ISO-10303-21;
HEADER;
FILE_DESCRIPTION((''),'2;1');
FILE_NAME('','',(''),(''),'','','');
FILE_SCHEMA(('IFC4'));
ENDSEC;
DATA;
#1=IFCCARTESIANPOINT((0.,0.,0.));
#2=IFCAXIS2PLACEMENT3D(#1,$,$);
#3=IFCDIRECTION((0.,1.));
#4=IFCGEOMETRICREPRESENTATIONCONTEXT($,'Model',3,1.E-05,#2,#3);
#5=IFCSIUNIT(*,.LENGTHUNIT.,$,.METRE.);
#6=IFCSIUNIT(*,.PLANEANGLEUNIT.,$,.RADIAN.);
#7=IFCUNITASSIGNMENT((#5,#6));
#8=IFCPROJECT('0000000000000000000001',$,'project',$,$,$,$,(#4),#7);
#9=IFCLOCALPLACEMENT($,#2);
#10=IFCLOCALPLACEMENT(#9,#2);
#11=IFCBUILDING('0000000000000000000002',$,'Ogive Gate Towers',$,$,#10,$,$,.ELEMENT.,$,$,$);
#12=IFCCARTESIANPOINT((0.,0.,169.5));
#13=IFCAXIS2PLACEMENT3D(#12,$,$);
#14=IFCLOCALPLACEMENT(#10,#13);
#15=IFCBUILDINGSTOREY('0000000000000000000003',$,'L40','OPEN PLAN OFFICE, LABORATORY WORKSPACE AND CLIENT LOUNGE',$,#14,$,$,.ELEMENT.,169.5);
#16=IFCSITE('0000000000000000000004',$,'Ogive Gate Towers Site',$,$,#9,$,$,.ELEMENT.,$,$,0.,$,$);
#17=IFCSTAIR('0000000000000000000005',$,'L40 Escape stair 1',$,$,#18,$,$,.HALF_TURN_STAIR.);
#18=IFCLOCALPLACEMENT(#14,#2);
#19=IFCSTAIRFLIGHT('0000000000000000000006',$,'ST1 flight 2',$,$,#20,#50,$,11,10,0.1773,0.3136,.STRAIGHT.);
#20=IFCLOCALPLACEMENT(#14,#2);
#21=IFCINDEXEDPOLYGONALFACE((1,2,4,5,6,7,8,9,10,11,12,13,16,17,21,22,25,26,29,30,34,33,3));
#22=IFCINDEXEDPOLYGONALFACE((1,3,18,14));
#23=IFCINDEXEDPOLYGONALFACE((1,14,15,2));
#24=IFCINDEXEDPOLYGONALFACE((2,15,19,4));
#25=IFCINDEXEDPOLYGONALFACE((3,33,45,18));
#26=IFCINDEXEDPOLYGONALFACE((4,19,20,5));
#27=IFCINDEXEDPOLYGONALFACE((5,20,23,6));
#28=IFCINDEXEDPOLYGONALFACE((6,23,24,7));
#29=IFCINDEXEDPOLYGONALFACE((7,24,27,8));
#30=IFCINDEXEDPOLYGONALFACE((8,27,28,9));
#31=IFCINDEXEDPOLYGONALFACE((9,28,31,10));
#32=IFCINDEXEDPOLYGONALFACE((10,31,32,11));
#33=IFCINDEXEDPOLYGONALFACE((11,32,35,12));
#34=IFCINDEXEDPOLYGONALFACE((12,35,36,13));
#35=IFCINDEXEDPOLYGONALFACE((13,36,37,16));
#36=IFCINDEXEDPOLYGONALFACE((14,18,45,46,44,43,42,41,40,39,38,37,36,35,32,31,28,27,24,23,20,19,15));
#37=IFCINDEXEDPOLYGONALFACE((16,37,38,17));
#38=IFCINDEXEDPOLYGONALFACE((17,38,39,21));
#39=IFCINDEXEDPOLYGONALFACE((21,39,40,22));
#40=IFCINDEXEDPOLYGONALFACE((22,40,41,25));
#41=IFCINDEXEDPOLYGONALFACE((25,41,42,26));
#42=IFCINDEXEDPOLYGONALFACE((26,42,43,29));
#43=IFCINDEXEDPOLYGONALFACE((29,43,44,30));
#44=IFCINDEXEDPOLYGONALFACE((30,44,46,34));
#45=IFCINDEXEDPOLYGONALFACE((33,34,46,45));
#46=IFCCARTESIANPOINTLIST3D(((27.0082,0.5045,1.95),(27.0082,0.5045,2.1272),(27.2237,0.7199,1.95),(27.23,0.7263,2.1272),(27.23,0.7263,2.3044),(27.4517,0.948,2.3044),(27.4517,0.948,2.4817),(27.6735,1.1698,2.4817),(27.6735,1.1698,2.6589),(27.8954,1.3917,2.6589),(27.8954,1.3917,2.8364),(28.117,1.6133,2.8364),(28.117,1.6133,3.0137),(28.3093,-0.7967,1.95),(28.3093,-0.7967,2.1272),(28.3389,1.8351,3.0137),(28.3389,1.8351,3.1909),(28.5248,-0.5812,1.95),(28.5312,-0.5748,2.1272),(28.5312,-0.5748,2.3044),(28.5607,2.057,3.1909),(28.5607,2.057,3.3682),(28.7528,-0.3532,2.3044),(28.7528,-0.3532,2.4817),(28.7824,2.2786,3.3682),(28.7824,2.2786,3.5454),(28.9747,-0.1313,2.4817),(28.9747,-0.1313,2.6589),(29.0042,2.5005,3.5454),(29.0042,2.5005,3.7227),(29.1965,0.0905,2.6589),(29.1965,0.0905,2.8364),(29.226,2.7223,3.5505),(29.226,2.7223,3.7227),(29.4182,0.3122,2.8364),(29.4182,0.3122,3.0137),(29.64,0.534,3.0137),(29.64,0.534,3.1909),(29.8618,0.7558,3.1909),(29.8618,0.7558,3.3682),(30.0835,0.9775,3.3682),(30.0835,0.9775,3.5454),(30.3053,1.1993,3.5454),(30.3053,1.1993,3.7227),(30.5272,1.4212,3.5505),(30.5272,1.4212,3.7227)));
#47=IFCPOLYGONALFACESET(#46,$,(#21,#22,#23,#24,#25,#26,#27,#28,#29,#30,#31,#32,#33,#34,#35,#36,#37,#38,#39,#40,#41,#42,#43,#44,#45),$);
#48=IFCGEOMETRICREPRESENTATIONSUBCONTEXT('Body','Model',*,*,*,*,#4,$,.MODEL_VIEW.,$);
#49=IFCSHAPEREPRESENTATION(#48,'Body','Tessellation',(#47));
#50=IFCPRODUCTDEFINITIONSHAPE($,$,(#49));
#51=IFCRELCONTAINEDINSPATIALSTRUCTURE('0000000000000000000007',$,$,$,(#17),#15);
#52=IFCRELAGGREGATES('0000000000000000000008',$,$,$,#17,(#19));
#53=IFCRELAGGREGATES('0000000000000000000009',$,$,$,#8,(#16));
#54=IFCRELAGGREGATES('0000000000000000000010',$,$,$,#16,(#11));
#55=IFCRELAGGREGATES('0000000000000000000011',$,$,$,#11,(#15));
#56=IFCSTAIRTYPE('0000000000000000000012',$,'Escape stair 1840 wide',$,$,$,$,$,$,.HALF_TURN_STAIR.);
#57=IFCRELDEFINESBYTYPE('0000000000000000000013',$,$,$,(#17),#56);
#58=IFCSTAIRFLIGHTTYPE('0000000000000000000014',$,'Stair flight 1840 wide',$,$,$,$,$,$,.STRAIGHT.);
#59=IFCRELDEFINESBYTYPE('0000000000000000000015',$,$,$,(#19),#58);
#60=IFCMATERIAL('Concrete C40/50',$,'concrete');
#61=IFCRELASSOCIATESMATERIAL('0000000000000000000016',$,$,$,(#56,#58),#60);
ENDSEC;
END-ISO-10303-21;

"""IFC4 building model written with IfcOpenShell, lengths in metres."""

from ifc_helpers import new_model, si_unit, direction, frame, origin, place, context, subcontext, project, spatial, polyline, outline, extrude, material, type_object, element, aggregate, save


model = new_model("IFC4")

# Units and contexts
model_context = context("Model", 3, precision=1e-05, world=origin(), true_north=direction((0.0, 1.0)))
body_context = subcontext(model_context, "Body", "Model", "MODEL_VIEW")
ifc_project = project(units=[si_unit("LENGTHUNIT", "METRE"), si_unit("PLANEANGLEUNIT", "RADIAN")], contexts=[model_context])

# Site, building, storey
site_placement = place(None, origin())
site = spatial("IfcSite", under=ifc_project, at=site_placement, Name="Ogive Gate Towers Site", CompositionType="ELEMENT", RefElevation=0.0)
building_placement = place(site_placement, origin())
building = spatial("IfcBuilding", under=site, at=building_placement, Name="Ogive Gate Towers", CompositionType="ELEMENT")
storey_placement = place(building_placement, frame((0.0, 0.0, 169.5)))
storey = spatial("IfcBuildingStorey", under=building, at=storey_placement, Name="L40", Description="OPEN PLAN OFFICE, LABORATORY WORKSPACE AND CLIENT LOUNGE", CompositionType="ELEMENT", Elevation=169.5)

# Stair, stair flight
ifc_material_1 = material(Name="Concrete C40/50", Category="concrete")
stair_type = type_object("IfcStairType", Name="Escape stair 1840 wide", PredefinedType="HALF_TURN_STAIR", material=ifc_material_1)
stair_placement = place(storey_placement, origin())
stair = element("IfcStair", 1, at=stair_placement, inside=storey, type_object=stair_type, Name="L40 Escape stair 1", PredefinedType="HALF_TURN_STAIR")
stair_flight_type = type_object("IfcStairFlightType", Name="Stair flight 1840 wide", PredefinedType="STRAIGHT", material=ifc_material_1)
stair_flight_placement = place(storey_placement, frame((27.6587, -0.146, 1.95), z_axis=(0.0, 0.0, 1.0), x_axis=(0.707107, 0.707107, 0.0)))
stair_flight = element("IfcStairFlight", 2, at=stair_flight_placement, type_object=stair_flight_type, Name="ST1 flight 2", NumberOfRisers=11, NumberOfTreads=10, PredefinedType="STRAIGHT", RiserHeight=0.1773, TreadLength=0.3136, context=body_context, shape_type="SweptSolid", body=[
    extrude(outline(polyline([(0.0, 0.0), (0.0, 0.1772), (0.3137, 0.1772), (0.3137, 0.3545), (0.6272, 0.3545), (0.6272, 0.5317), (0.9409, 0.5317), (0.9409, 0.709), (1.2546, 0.709), (1.2546, 0.8865), (1.5681, 0.8865), (1.5681, 1.0637), (1.8818, 1.0637), (1.8818, 1.241), (2.1956, 1.241), (2.1956, 1.4182), (2.509, 1.4182), (2.509, 1.5955), (2.8228, 1.5955), (2.8228, 1.7727), (3.1365, 1.7727), (3.1365, 1.95), (3.1365, 1.6006), (0.3047, 0.0), (0.0, 0.0)])), frame((0.0, 0.9199, 0.0), z_axis=(0.0, -1.0, 0.0), x_axis=(1.0, 0.0, 0.0)), (0.0, 0.0, 1.0), 1.8401),
])
aggregate(stair, [stair_flight])

save(model, "model.ifc")
